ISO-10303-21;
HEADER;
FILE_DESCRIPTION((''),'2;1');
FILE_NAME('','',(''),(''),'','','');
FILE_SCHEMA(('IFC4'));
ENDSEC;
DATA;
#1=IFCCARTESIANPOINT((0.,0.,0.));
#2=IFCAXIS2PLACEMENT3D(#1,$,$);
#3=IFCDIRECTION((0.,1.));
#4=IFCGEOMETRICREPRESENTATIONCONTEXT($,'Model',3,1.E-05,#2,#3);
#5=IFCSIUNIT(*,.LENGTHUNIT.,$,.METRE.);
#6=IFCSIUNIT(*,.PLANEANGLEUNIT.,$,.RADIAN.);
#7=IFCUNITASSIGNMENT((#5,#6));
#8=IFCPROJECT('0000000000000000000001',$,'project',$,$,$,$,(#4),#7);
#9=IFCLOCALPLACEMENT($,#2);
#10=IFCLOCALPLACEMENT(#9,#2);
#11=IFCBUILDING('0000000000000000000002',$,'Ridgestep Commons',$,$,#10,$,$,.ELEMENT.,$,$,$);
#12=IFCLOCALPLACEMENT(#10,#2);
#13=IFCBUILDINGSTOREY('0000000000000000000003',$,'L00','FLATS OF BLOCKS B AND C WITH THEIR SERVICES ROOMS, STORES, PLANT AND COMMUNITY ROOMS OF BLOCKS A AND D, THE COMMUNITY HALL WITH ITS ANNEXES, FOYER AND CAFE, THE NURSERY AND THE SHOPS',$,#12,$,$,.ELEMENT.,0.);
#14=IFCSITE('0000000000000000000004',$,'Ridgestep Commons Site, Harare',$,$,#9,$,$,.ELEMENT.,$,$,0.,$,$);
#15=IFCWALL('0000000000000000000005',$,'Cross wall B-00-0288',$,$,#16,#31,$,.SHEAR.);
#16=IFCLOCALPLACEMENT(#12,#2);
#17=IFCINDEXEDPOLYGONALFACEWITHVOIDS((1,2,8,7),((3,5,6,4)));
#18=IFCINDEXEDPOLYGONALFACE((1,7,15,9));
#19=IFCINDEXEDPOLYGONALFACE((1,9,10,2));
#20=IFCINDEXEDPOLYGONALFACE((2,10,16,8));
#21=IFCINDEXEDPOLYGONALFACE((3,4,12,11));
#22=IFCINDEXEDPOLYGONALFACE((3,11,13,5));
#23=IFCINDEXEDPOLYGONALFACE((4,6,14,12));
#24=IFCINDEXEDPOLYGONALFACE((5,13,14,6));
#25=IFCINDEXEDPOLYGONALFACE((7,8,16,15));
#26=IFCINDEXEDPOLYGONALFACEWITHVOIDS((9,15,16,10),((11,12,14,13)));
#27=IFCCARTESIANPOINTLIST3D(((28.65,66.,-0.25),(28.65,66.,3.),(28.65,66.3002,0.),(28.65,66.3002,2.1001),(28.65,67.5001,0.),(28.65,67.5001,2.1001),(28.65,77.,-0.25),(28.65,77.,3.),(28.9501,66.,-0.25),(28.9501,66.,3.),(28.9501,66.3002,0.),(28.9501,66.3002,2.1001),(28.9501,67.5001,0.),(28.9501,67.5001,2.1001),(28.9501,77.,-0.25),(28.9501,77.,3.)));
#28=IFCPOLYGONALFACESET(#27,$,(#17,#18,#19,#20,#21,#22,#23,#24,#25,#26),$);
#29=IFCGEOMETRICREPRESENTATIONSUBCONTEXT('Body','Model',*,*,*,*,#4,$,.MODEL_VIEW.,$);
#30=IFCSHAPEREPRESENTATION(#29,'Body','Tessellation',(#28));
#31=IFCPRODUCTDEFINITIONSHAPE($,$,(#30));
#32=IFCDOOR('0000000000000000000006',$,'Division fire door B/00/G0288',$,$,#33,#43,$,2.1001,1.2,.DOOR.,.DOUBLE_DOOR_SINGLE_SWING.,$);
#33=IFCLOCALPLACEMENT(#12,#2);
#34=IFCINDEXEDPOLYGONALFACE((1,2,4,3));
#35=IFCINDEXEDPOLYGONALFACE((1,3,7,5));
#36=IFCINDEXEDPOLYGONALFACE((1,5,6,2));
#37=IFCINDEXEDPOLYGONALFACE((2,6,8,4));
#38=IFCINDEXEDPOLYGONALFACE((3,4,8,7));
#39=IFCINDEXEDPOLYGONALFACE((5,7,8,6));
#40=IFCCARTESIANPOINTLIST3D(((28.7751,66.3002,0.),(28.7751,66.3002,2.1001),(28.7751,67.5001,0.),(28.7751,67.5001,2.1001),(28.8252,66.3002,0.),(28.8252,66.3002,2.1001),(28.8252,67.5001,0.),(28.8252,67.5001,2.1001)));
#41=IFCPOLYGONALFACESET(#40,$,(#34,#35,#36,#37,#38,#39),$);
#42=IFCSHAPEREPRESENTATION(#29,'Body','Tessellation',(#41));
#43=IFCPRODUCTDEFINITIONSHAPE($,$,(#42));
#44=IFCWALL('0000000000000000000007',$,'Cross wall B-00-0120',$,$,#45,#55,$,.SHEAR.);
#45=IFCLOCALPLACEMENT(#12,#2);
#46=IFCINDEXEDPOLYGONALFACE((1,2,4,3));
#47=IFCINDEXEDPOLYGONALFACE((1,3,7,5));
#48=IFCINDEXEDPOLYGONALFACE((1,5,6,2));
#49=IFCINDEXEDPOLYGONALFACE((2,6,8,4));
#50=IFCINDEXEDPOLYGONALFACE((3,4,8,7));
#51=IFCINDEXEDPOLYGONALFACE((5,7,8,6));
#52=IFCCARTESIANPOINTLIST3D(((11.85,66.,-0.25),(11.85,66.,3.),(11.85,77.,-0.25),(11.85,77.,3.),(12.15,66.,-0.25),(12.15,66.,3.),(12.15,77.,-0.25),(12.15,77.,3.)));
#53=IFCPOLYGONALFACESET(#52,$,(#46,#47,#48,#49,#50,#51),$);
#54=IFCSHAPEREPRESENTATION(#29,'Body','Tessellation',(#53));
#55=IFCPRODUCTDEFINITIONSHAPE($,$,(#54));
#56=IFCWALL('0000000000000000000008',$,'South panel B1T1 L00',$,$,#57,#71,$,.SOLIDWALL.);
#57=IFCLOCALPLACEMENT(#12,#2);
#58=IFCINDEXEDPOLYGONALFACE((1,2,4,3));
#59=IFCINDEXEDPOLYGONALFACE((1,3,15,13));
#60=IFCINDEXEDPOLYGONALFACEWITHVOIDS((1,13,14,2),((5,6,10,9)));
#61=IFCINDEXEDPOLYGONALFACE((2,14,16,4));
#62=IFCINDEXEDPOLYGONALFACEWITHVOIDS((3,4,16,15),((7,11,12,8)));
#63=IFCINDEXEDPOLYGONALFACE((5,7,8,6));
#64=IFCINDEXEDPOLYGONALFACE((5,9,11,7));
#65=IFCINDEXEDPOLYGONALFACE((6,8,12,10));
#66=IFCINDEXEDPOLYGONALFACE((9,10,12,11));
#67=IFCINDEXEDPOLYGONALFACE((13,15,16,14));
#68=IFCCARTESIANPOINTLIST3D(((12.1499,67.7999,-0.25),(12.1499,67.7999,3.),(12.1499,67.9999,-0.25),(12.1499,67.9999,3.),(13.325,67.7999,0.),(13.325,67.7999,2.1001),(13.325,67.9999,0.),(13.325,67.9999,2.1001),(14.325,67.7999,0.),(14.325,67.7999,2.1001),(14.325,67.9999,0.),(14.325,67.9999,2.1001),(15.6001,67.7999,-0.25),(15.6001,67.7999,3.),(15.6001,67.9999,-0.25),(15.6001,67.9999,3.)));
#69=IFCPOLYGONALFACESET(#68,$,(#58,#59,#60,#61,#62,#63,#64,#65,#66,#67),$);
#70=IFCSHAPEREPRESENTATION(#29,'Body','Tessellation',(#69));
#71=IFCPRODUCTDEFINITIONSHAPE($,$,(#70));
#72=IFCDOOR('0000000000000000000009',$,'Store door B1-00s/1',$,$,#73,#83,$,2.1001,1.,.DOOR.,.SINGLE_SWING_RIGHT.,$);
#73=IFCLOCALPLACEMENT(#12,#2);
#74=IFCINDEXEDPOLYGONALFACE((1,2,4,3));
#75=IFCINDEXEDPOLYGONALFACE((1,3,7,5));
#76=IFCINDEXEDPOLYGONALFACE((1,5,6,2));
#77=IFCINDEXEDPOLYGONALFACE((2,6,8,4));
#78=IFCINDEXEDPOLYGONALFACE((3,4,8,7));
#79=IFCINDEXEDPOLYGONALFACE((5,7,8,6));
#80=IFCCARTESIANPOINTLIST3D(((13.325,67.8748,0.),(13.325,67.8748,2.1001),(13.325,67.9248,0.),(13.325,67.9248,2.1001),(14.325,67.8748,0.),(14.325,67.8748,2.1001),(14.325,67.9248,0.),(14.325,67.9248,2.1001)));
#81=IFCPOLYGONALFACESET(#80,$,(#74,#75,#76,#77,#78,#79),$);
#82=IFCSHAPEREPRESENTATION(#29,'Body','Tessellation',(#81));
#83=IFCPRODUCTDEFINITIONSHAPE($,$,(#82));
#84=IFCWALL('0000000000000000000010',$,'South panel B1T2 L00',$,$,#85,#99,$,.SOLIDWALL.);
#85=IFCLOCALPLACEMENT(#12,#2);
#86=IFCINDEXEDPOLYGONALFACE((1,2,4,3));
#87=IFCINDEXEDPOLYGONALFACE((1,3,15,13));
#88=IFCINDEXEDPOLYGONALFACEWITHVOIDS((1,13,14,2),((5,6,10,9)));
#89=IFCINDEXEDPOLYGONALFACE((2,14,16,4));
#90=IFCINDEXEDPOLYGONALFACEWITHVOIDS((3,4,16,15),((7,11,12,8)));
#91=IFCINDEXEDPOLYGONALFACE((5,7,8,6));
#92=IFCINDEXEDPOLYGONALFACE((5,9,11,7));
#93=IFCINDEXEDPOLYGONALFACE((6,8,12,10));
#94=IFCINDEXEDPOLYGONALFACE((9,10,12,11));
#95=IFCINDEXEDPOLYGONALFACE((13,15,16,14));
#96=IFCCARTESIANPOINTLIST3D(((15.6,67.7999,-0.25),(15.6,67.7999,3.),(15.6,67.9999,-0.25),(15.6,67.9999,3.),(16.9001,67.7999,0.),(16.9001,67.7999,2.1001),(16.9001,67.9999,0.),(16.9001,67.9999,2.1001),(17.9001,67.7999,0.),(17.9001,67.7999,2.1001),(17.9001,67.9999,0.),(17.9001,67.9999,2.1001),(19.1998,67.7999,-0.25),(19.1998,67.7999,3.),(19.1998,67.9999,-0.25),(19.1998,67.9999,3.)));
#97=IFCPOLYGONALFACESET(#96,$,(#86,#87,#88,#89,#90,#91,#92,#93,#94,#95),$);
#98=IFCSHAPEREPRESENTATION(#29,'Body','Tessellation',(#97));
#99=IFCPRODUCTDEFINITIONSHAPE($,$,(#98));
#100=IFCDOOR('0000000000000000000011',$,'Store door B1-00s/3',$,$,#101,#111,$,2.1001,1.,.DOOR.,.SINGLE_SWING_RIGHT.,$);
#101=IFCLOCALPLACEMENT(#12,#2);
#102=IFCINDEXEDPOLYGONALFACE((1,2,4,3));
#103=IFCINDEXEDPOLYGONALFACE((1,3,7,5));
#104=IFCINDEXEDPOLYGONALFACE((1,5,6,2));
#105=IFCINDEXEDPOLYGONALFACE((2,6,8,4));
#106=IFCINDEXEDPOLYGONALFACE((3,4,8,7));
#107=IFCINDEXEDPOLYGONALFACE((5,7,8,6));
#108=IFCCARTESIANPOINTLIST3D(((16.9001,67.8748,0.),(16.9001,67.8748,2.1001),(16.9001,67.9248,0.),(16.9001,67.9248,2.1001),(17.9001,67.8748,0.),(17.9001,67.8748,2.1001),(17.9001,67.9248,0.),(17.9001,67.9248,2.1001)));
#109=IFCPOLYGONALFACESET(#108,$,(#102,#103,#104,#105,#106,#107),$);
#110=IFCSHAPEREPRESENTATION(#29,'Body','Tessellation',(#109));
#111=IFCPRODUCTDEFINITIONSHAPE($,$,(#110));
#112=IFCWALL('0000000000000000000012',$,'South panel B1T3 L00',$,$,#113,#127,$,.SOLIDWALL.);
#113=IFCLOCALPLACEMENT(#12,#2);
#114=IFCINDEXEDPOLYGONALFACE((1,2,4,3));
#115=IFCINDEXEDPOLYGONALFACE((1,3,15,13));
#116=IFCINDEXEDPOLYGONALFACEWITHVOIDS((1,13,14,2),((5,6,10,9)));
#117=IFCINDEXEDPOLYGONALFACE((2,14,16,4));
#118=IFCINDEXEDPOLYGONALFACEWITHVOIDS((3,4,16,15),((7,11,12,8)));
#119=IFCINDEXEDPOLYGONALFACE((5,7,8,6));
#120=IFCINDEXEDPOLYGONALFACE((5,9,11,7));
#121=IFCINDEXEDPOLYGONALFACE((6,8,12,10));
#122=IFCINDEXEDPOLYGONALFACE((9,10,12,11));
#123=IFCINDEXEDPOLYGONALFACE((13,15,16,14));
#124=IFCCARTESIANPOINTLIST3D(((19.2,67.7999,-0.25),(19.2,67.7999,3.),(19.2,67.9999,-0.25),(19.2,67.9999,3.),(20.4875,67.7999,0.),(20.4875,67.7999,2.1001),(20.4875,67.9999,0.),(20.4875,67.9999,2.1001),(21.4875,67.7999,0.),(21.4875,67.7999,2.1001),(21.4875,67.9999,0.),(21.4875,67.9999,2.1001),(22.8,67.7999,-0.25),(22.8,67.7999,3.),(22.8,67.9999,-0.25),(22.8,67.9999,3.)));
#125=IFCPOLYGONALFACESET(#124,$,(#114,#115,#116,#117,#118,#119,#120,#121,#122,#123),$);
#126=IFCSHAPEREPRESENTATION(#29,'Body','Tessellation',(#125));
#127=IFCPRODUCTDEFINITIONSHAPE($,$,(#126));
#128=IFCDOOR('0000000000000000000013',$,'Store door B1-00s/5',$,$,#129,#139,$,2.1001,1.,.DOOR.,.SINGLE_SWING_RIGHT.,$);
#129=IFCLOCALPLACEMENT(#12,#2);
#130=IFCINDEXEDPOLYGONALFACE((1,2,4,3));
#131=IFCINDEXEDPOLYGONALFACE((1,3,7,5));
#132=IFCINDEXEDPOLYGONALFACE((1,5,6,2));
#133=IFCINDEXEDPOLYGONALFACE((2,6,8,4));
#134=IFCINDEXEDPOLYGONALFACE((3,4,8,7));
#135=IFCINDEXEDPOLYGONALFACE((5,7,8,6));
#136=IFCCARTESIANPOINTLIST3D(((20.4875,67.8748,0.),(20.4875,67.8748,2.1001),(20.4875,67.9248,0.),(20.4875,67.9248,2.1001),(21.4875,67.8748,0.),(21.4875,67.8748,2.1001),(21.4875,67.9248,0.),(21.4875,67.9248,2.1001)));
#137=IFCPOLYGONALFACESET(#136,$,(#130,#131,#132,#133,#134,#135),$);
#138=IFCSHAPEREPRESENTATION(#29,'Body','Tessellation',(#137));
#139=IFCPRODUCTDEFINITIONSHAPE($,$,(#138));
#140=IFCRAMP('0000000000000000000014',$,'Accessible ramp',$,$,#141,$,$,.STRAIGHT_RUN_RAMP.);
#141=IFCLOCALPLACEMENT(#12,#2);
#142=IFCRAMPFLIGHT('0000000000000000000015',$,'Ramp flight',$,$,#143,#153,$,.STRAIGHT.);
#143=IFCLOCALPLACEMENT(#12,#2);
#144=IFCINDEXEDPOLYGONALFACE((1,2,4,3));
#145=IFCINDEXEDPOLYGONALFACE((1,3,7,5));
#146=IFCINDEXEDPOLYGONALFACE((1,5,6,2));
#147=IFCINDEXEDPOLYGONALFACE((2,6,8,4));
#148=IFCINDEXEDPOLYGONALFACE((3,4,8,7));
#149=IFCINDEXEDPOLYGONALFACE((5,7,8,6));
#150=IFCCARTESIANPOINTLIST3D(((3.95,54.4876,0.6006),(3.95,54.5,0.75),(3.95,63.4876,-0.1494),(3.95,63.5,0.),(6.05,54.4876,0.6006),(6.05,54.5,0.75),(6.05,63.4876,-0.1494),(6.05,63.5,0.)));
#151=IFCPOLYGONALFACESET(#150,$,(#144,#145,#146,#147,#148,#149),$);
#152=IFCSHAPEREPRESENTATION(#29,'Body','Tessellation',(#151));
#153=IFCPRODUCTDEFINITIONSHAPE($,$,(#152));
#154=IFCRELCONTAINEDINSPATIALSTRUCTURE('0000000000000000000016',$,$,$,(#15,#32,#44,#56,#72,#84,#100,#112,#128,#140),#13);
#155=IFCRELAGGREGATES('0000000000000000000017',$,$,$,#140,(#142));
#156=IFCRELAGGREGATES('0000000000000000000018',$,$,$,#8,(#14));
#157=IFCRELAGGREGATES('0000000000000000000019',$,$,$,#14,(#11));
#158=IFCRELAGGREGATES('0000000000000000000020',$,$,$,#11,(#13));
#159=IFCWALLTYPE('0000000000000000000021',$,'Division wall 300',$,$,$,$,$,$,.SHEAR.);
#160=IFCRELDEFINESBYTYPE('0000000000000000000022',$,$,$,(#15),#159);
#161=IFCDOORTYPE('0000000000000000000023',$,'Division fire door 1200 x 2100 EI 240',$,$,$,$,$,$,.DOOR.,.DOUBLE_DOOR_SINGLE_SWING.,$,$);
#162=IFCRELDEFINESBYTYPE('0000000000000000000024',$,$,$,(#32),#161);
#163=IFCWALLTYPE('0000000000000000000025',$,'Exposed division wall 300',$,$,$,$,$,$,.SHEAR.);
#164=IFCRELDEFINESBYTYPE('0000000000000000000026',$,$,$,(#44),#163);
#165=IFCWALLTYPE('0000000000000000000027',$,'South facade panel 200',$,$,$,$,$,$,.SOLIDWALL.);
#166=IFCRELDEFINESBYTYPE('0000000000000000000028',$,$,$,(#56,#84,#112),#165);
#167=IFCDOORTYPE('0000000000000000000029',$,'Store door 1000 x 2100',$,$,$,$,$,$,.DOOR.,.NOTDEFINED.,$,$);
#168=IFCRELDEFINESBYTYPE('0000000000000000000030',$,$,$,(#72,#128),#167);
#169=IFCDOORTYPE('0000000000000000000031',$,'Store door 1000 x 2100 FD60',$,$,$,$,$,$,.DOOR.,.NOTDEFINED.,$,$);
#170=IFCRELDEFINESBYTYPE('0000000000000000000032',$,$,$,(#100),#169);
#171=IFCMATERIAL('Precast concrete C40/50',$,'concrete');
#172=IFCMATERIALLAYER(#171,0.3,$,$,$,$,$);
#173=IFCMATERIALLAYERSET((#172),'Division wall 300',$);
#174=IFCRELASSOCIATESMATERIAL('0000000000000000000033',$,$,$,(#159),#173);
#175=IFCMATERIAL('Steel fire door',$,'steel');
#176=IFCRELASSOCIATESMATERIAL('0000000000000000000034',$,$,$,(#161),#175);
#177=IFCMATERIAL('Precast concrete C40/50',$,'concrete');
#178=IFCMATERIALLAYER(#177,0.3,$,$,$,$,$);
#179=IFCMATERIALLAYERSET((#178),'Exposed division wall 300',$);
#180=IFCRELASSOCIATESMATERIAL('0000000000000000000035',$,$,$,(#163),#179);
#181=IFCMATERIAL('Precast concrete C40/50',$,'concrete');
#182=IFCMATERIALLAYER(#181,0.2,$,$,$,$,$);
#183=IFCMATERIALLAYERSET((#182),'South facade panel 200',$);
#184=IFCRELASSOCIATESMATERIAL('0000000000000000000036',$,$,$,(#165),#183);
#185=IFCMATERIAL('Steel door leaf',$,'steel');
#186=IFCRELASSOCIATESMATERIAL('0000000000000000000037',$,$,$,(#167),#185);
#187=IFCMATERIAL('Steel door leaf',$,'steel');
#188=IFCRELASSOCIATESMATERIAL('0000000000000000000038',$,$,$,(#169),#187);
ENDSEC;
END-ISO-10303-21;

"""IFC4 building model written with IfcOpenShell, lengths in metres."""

from ifc_helpers import new_model, si_unit, direction, frame, frame_2d, origin, place, context, subcontext, project, spatial, polyline, rectangle, outline, extrude, material, layer, layer_set, type_object, element, fill, aggregate, save


model = new_model("IFC4")

# Units and contexts
model_context = context("Model", 3, precision=1e-05, world=origin(), true_north=direction((0.0, 1.0)))
body_context = subcontext(model_context, "Body", "Model", "MODEL_VIEW")
ifc_project = project(units=[si_unit("LENGTHUNIT", "METRE"), si_unit("PLANEANGLEUNIT", "RADIAN")], contexts=[model_context])

# Site, building, storey
site_placement = place(None, origin())
site = spatial("IfcSite", under=ifc_project, at=site_placement, Name="Ridgestep Commons Site, Harare", CompositionType="ELEMENT", RefElevation=0.0)
building_placement = place(site_placement, origin())
building = spatial("IfcBuilding", under=site, at=building_placement, Name="Ridgestep Commons", CompositionType="ELEMENT")
storey_placement = place(building_placement, origin())
storey = spatial("IfcBuildingStorey", under=building, at=storey_placement, Name="L00", Description="FLATS OF BLOCKS B AND C WITH THEIR SERVICES ROOMS, STORES, PLANT AND COMMUNITY ROOMS OF BLOCKS A AND D, THE COMMUNITY HALL WITH ITS ANNEXES, FOYER AND CAFE, THE NURSERY AND THE SHOPS", CompositionType="ELEMENT", Elevation=0.0)

# Wall, opening, door
ifc_material_1 = material(Name="Precast concrete C40/50", Category="concrete")
ifc_layer_1 = layer(ifc_material_1, 0.3)
ifc_layer_set_1 = layer_set([ifc_layer_1], Name="Division wall 300")
wall_type_1 = type_object("IfcWallType", Name="Division wall 300", PredefinedType="SHEAR", material=ifc_layer_set_1)
wall_1_placement = place(storey_placement, frame((28.8, 66.0, -0.25), z_axis=(0.0, 0.0, 1.0), x_axis=(0.0, 1.0, 0.0)))
wall_1 = element("IfcWall", 1, at=wall_1_placement, inside=storey, type_object=wall_type_1, Name="Cross wall B-00-0288", PredefinedType="SHEAR", context=body_context, shape_type="SweptSolid", body=[
    extrude(rectangle(XDim=11.0, YDim=0.3, at=frame_2d((5.5, 0.0))), origin(), (0.0, 0.0, 1.0), 3.25),
])
opening_1_placement = place(wall_1_placement, frame((0.3, 0.0, 0.25)))
opening_1 = element("IfcOpeningElement", 2, at=opening_1_placement, cuts=wall_1, PredefinedType="OPENING", context=body_context, shape_type="SweptSolid", body=[
    extrude(rectangle(XDim=1.2, YDim=2.1001, at=frame_2d((0.6001, 1.05))), frame((0.0, 0.1599, 0.0), z_axis=(0.0, -1.0, 0.0), x_axis=(1.0, 0.0, 0.0)), (0.0, 0.0, 1.0), 0.3201),
])
ifc_material_2 = material(Name="Steel fire door", Category="steel")
door_type_1 = type_object("IfcDoorType", Name="Division fire door 1200 x 2100 EI 240", OperationType="DOUBLE_DOOR_SINGLE_SWING", PredefinedType="DOOR", material=ifc_material_2)
door_1_placement = place(opening_1_placement, origin())
door_1 = element("IfcDoor", 3, at=door_1_placement, inside=storey, type_object=door_type_1, Name="Division fire door B/00/G0288", OperationType="DOUBLE_DOOR_SINGLE_SWING", OverallHeight=2.1001, OverallWidth=1.2, PredefinedType="DOOR", context=body_context, shape_type="SweptSolid", body=[
    extrude(rectangle(XDim=1.2, YDim=2.1001, at=frame_2d((0.6001, 1.05))), frame((0.0, 0.0249, 0.0), z_axis=(0.0, -1.0, 0.0), x_axis=(1.0, 0.0, 0.0)), (0.0, 0.0, 1.0), 0.05),
])
fill(opening_1, door_1)

# Wall
ifc_material_3 = material(Name="Precast concrete C40/50", Category="concrete")
ifc_layer_2 = layer(ifc_material_3, 0.3)
ifc_layer_set_2 = layer_set([ifc_layer_2], Name="Exposed division wall 300")
wall_type_2 = type_object("IfcWallType", Name="Exposed division wall 300", PredefinedType="SHEAR", material=ifc_layer_set_2)
wall_2_placement = place(storey_placement, frame((12.0, 66.0, -0.25), z_axis=(0.0, 0.0, 1.0), x_axis=(0.0, 1.0, 0.0)))
element("IfcWall", 4, at=wall_2_placement, inside=storey, type_object=wall_type_2, Name="Cross wall B-00-0120", PredefinedType="SHEAR", context=body_context, shape_type="SweptSolid", body=[
    extrude(rectangle(XDim=11.0, YDim=0.3, at=frame_2d((5.5, 0.0))), origin(), (0.0, 0.0, 1.0), 3.25),
])

# Walls, openings, doors
ifc_material_4 = material(Name="Precast concrete C40/50", Category="concrete")
ifc_layer_3 = layer(ifc_material_4, 0.2)
ifc_layer_set_3 = layer_set([ifc_layer_3], Name="South facade panel 200")
wall_type_3 = type_object("IfcWallType", Name="South facade panel 200", PredefinedType="SOLIDWALL", material=ifc_layer_set_3)
wall_3_placement = place(storey_placement, frame((12.1499, 67.8999, -0.25), z_axis=(0.0, 0.0, 1.0), x_axis=(1.0, 0.0, 0.0)))
wall_3 = element("IfcWall", 5, at=wall_3_placement, inside=storey, type_object=wall_type_3, Name="South panel B1T1 L00", PredefinedType="SOLIDWALL", context=body_context, shape_type="SweptSolid", body=[
    extrude(rectangle(XDim=3.4502, YDim=0.2, at=frame_2d((1.7251, 0.0))), origin(), (0.0, 0.0, 1.0), 3.25),
])
opening_2_placement = place(wall_3_placement, frame((1.175, 0.0, 0.25)))
opening_2 = element("IfcOpeningElement", 6, at=opening_2_placement, cuts=wall_3, PredefinedType="OPENING", context=body_context, shape_type="SweptSolid", body=[
    extrude(rectangle(XDim=1.0, YDim=2.1001, at=frame_2d((0.5, 1.05))), frame((0.0, 0.1099, 0.0), z_axis=(0.0, -1.0, 0.0), x_axis=(1.0, 0.0, 0.0)), (0.0, 0.0, 1.0), 0.22),
])
ifc_material_5 = material(Name="Steel door leaf", Category="steel")
door_type_2 = type_object("IfcDoorType", Name="Store door 1000 x 2100", OperationType="NOTDEFINED", PredefinedType="DOOR", material=ifc_material_5)
door_2_placement = place(opening_2_placement, origin())
door_2 = element("IfcDoor", 7, at=door_2_placement, inside=storey, type_object=door_type_2, Name="Store door B1-00s/1", OperationType="SINGLE_SWING_RIGHT", OverallHeight=2.1001, OverallWidth=1.0, PredefinedType="DOOR", context=body_context, shape_type="SweptSolid", body=[
    extrude(rectangle(XDim=1.0, YDim=2.1001, at=frame_2d((0.5, 1.05))), frame((0.0, 0.0249, 0.0), z_axis=(0.0, -1.0, 0.0), x_axis=(1.0, 0.0, 0.0)), (0.0, 0.0, 1.0), 0.05),
])
fill(opening_2, door_2)
wall_4_placement = place(storey_placement, frame((15.6001, 67.8999, -0.25), z_axis=(0.0, 0.0, 1.0), x_axis=(1.0, 0.0, 0.0)))
wall_4 = element("IfcWall", 8, at=wall_4_placement, inside=storey, type_object=wall_type_3, Name="South panel B1T2 L00", PredefinedType="SOLIDWALL", context=body_context, shape_type="SweptSolid", body=[
    extrude(rectangle(XDim=3.5999, YDim=0.2, at=frame_2d((1.7998, 0.0))), origin(), (0.0, 0.0, 1.0), 3.25),
])
opening_3_placement = place(wall_4_placement, frame((1.3, 0.0, 0.25)))
opening_3 = element("IfcOpeningElement", 9, at=opening_3_placement, cuts=wall_4, PredefinedType="OPENING", context=body_context, shape_type="SweptSolid", body=[
    extrude(rectangle(XDim=1.0, YDim=2.1001, at=frame_2d((0.5, 1.05))), frame((0.0, 0.1099, 0.0), z_axis=(0.0, -1.0, 0.0), x_axis=(1.0, 0.0, 0.0)), (0.0, 0.0, 1.0), 0.22),
])
ifc_material_6 = material(Name="Steel door leaf", Category="steel")
door_type_3 = type_object("IfcDoorType", Name="Store door 1000 x 2100 FD60", OperationType="NOTDEFINED", PredefinedType="DOOR", material=ifc_material_6)
door_3_placement = place(opening_3_placement, origin())
door_3 = element("IfcDoor", 10, at=door_3_placement, inside=storey, type_object=door_type_3, Name="Store door B1-00s/3", OperationType="SINGLE_SWING_RIGHT", OverallHeight=2.1001, OverallWidth=1.0, PredefinedType="DOOR", context=body_context, shape_type="SweptSolid", body=[
    extrude(rectangle(XDim=1.0, YDim=2.1001, at=frame_2d((0.5, 1.05))), frame((0.0, 0.0249, 0.0), z_axis=(0.0, -1.0, 0.0), x_axis=(1.0, 0.0, 0.0)), (0.0, 0.0, 1.0), 0.05),
])
fill(opening_3, door_3)
wall_5_placement = place(storey_placement, frame((19.2, 67.8999, -0.25), z_axis=(0.0, 0.0, 1.0), x_axis=(1.0, 0.0, 0.0)))
wall_5 = element("IfcWall", 11, at=wall_5_placement, inside=storey, type_object=wall_type_3, Name="South panel B1T3 L00", PredefinedType="SOLIDWALL", context=body_context, shape_type="SweptSolid", body=[
    extrude(rectangle(XDim=3.6001, YDim=0.2, at=frame_2d((1.8, 0.0))), origin(), (0.0, 0.0, 1.0), 3.25),
])
opening_4_placement = place(wall_5_placement, frame((1.2876, 0.0, 0.25)))
opening_4 = element("IfcOpeningElement", 12, at=opening_4_placement, cuts=wall_5, PredefinedType="OPENING", context=body_context, shape_type="SweptSolid", body=[
    extrude(rectangle(XDim=1.0, YDim=2.1001, at=frame_2d((0.5, 1.05))), frame((0.0, 0.1099, 0.0), z_axis=(0.0, -1.0, 0.0), x_axis=(1.0, 0.0, 0.0)), (0.0, 0.0, 1.0), 0.22),
])
door_4_placement = place(opening_4_placement, origin())
door_4 = element("IfcDoor", 13, at=door_4_placement, inside=storey, type_object=door_type_2, Name="Store door B1-00s/5", OperationType="SINGLE_SWING_RIGHT", OverallHeight=2.1001, OverallWidth=1.0, PredefinedType="DOOR", context=body_context, shape_type="SweptSolid", body=[
    extrude(rectangle(XDim=1.0, YDim=2.1001, at=frame_2d((0.5, 1.05))), frame((0.0, 0.0249, 0.0), z_axis=(0.0, -1.0, 0.0), x_axis=(1.0, 0.0, 0.0)), (0.0, 0.0, 1.0), 0.05),
])
fill(opening_4, door_4)

# Ramp, ramp flight
ramp_placement = place(storey_placement, origin())
ramp = element("IfcRamp", 14, at=ramp_placement, inside=storey, Name="Accessible ramp", PredefinedType="STRAIGHT_RUN_RAMP")
ramp_flight_placement = place(storey_placement, frame((3.95, 63.5, 0.0), z_axis=(0.0, 0.083045, 0.996546), x_axis=(1.0, 0.0, 0.0)))
ramp_flight = element("IfcRampFlight", 15, at=ramp_flight_placement, Name="Ramp flight", PredefinedType="STRAIGHT", context=body_context, shape_type="SweptSolid", body=[
    extrude(outline(polyline([(0.0, 0.0), (2.1001, 0.0), (2.1001, -9.0312), (0.0, -9.0312), (0.0, 0.0)])), origin(), (0.0, 0.0, -1.0), 0.1499),
])
aggregate(ramp, [ramp_flight])

save(model, "model.ifc")
